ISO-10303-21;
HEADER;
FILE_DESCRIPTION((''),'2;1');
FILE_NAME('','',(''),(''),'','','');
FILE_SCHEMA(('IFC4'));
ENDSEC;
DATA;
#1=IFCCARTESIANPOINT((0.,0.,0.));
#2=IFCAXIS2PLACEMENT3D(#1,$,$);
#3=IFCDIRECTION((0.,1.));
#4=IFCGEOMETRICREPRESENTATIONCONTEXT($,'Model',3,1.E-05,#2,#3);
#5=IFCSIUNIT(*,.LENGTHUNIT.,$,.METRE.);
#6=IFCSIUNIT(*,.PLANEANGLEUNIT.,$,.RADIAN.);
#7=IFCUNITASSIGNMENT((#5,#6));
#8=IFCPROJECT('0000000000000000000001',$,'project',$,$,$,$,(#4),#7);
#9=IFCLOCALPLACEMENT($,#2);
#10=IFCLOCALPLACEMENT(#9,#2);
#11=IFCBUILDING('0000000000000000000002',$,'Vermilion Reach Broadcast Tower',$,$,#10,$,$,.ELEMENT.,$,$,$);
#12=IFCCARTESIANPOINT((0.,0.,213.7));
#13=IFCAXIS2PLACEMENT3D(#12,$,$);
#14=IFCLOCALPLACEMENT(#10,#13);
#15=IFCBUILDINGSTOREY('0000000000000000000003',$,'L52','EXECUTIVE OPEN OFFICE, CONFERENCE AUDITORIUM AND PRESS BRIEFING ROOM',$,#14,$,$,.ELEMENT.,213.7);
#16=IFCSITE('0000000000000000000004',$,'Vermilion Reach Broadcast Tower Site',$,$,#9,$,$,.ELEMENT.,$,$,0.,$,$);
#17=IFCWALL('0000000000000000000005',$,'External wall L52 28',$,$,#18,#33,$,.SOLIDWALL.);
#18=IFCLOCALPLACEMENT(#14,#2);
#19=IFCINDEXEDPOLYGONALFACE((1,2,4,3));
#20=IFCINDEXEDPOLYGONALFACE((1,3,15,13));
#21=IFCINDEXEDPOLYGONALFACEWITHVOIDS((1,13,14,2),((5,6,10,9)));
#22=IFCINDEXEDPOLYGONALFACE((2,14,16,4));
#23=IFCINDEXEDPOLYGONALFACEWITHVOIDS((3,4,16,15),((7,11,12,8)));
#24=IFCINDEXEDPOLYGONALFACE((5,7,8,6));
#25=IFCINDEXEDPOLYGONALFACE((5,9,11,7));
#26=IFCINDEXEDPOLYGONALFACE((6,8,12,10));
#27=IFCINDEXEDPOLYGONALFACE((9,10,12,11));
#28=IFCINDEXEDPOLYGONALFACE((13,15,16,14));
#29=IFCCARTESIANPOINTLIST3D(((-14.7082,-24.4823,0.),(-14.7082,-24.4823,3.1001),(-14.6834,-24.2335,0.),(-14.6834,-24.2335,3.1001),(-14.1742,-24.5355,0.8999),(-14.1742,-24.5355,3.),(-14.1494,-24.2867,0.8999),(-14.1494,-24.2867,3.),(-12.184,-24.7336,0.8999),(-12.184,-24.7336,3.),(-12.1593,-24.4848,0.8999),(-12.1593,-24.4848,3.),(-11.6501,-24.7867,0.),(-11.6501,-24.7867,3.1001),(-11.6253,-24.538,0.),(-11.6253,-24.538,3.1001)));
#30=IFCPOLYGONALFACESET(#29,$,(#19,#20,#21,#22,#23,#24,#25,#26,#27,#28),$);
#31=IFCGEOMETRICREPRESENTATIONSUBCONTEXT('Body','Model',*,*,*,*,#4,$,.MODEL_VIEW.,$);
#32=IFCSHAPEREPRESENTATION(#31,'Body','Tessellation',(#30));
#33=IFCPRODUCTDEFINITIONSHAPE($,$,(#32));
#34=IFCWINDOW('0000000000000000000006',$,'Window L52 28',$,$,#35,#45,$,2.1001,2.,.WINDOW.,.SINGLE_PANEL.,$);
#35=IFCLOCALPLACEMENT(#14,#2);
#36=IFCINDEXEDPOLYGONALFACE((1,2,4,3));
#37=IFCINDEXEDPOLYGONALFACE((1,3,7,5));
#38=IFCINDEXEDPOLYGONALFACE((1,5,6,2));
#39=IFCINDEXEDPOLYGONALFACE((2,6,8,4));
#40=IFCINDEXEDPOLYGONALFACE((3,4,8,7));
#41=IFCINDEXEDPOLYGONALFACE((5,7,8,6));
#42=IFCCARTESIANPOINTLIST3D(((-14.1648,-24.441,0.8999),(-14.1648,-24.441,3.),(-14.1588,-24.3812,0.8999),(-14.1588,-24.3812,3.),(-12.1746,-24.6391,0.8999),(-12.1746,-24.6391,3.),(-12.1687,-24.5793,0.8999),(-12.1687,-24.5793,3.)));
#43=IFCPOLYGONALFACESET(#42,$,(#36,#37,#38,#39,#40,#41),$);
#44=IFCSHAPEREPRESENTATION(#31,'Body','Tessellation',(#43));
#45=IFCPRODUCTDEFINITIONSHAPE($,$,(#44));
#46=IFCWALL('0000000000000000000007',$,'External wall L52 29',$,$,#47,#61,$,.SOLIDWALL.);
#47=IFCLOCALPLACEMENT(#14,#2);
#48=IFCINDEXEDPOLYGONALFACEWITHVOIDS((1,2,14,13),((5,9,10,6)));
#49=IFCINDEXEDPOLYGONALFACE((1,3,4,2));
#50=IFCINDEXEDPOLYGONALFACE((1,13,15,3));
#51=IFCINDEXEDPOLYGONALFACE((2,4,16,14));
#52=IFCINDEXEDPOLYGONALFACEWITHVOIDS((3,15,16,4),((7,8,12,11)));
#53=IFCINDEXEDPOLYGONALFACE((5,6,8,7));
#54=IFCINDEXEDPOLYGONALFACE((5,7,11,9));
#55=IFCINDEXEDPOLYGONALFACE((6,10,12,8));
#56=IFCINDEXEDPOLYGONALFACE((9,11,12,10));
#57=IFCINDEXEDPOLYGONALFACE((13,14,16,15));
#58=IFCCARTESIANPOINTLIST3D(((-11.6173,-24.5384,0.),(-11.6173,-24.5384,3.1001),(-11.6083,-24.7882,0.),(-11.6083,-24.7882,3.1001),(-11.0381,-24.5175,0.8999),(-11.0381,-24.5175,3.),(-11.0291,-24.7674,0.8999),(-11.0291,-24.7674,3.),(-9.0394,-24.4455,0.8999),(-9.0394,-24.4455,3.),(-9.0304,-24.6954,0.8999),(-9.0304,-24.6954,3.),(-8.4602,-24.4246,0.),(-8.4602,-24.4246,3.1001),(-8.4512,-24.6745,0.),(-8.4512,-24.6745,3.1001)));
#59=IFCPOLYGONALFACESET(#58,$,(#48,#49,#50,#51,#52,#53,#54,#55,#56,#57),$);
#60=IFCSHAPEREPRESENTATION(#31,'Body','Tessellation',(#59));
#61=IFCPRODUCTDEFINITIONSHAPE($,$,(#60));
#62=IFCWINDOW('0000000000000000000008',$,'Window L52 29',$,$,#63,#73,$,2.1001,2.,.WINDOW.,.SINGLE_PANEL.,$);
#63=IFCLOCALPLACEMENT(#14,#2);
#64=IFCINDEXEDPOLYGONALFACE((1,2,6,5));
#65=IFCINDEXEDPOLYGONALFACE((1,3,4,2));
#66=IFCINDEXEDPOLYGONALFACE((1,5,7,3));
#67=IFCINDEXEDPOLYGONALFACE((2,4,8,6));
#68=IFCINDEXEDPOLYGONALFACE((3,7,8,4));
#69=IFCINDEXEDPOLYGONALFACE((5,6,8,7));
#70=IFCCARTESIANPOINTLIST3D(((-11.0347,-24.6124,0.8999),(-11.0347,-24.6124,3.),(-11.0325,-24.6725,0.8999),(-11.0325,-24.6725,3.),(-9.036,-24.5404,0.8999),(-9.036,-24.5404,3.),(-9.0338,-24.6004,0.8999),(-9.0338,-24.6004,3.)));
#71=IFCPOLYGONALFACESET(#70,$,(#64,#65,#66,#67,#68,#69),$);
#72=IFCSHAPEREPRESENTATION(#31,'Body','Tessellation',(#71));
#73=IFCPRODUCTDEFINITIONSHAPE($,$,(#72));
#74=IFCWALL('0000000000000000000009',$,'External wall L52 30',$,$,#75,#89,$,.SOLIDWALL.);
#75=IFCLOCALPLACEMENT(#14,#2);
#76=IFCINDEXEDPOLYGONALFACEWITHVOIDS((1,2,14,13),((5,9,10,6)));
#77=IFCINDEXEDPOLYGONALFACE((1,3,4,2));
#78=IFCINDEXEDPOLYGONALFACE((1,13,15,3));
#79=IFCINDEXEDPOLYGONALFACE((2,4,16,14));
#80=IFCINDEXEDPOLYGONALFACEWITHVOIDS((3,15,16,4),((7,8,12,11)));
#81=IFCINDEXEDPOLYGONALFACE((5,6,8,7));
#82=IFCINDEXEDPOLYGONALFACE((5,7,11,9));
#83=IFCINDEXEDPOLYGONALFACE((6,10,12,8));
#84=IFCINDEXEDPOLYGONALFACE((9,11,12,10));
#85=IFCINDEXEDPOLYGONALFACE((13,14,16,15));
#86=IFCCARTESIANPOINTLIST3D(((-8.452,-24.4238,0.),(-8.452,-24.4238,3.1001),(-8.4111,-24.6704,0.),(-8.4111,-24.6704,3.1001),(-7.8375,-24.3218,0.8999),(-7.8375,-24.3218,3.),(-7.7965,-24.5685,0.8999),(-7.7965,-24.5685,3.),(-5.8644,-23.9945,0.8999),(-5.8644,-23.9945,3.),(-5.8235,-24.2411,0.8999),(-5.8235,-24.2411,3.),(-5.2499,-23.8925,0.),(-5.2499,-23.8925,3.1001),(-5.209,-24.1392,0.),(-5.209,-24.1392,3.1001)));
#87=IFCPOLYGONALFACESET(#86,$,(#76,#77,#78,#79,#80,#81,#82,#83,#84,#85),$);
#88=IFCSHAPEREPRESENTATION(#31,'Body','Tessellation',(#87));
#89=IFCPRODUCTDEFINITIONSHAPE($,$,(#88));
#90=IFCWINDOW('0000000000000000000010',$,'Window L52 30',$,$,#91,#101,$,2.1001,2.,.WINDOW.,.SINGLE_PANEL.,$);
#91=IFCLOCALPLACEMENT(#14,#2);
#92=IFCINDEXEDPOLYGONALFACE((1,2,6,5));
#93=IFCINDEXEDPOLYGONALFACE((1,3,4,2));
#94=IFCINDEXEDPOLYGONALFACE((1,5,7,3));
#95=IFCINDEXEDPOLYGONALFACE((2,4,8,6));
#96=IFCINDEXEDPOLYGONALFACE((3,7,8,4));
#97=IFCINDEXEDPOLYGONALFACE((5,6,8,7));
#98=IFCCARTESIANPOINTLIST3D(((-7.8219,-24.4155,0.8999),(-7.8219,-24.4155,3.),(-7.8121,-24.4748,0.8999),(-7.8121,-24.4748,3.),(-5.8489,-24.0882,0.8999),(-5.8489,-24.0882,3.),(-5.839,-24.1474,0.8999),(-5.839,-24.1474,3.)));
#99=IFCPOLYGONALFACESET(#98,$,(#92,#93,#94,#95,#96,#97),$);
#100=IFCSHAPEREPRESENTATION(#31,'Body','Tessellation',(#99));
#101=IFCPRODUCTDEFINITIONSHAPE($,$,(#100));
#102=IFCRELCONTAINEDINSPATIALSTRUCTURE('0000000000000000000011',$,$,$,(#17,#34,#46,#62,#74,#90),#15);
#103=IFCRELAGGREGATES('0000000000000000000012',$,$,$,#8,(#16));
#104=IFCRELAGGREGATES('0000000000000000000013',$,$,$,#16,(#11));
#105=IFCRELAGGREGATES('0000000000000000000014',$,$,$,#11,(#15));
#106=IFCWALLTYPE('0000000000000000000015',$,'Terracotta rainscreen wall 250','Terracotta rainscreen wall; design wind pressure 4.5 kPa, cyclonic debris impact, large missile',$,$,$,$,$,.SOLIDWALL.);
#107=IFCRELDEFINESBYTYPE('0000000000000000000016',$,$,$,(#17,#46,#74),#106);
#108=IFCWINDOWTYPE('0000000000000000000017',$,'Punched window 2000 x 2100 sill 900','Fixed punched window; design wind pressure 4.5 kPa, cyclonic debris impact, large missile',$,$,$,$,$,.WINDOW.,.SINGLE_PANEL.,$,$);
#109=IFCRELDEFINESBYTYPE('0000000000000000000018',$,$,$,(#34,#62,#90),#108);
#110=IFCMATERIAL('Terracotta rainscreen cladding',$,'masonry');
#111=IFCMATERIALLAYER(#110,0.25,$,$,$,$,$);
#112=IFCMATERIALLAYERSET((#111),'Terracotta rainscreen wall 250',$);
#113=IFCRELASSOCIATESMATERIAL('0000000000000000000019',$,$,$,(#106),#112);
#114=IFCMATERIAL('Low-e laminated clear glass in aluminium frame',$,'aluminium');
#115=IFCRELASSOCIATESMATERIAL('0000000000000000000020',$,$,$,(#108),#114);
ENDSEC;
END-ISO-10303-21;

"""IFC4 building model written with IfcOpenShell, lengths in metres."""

from ifc_helpers import new_model, si_unit, direction, frame, frame_2d, origin, place, context, subcontext, project, spatial, rectangle, extrude, material, layer, layer_set, type_object, element, fill, save


model = new_model("IFC4")

# Units and contexts
model_context = context("Model", 3, precision=1e-05, world=origin(), true_north=direction((0.0, 1.0)))
body_context = subcontext(model_context, "Body", "Model", "MODEL_VIEW")
ifc_project = project(units=[si_unit("LENGTHUNIT", "METRE"), si_unit("PLANEANGLEUNIT", "RADIAN")], contexts=[model_context])

# Site, building, storey
site_placement = place(None, origin())
site = spatial("IfcSite", under=ifc_project, at=site_placement, Name="Vermilion Reach Broadcast Tower Site", CompositionType="ELEMENT", RefElevation=0.0)
building_placement = place(site_placement, origin())
building = spatial("IfcBuilding", under=site, at=building_placement, Name="Vermilion Reach Broadcast Tower", CompositionType="ELEMENT")
storey_placement = place(building_placement, frame((0.0, 0.0, 213.7)))
storey = spatial("IfcBuildingStorey", under=building, at=storey_placement, Name="L52", Description="EXECUTIVE OPEN OFFICE, CONFERENCE AUDITORIUM AND PRESS BRIEFING ROOM", CompositionType="ELEMENT", Elevation=213.7)

# Shared definitions
ifc_material_1 = material(Name="Terracotta rainscreen cladding", Category="masonry")
ifc_layer_1 = layer(ifc_material_1, 0.25)
ifc_layer_set_1 = layer_set([ifc_layer_1], Name="Terracotta rainscreen wall 250")
wall_type_1 = type_object("IfcWallType", Name="Terracotta rainscreen wall 250", Description="Terracotta rainscreen wall; design wind pressure 4.5 kPa, cyclonic debris impact, large missile", PredefinedType="SOLIDWALL", material=ifc_layer_set_1)

# Walls, openings, windows
wall_1_placement = place(storey_placement, frame((-14.6958, -24.3579, 0.0), z_axis=(0.0, 0.0, 1.0), x_axis=(0.995081, -0.099063, 0.0)))
wall_1 = element("IfcWall", 1, at=wall_1_placement, inside=storey, type_object=wall_type_1, Name="External wall L52 28", PredefinedType="SOLIDWALL", context=body_context, shape_type="SweptSolid", body=[
    extrude(rectangle(XDim=3.0732, YDim=0.25, at=frame_2d((1.5366, 0.0))), origin(), (0.0, 0.0, 1.0), 3.1001),
])
opening_1_placement = place(wall_1_placement, frame((0.5366, 0.0, 0.8999)))
opening_1 = element("IfcOpeningElement", 2, at=opening_1_placement, cuts=wall_1, PredefinedType="OPENING", context=body_context, shape_type="SweptSolid", body=[
    extrude(rectangle(XDim=2.0, YDim=2.1001, at=frame_2d((1.0, 1.05))), frame((0.0, 0.135, 0.0), z_axis=(0.0, -1.0, 0.0), x_axis=(1.0, 0.0, 0.0)), (0.0, 0.0, 1.0), 0.27),
])
ifc_material_2 = material(Name="Low-e laminated clear glass in aluminium frame", Category="aluminium")
window_type = type_object("IfcWindowType", Name="Punched window 2000 x 2100 sill 900", Description="Fixed punched window; design wind pressure 4.5 kPa, cyclonic debris impact, large missile", PartitioningType="SINGLE_PANEL", PredefinedType="WINDOW", material=ifc_material_2)
window_1_placement = place(opening_1_placement, origin())
window_1 = element("IfcWindow", 3, at=window_1_placement, inside=storey, type_object=window_type, Name="Window L52 28", OverallHeight=2.1001, OverallWidth=2.0, PartitioningType="SINGLE_PANEL", PredefinedType="WINDOW", context=body_context, shape_type="SweptSolid", body=[
    extrude(rectangle(XDim=2.0, YDim=2.1001, at=frame_2d((1.0, 1.05))), frame((0.0, 0.03, 0.0), z_axis=(0.0, -1.0, 0.0), x_axis=(1.0, 0.0, 0.0)), (0.0, 0.0, 1.0), 0.0601),
])
fill(opening_1, window_1)
wall_2_placement = place(storey_placement, frame((-11.6128, -24.6633, 0.0), z_axis=(0.0, 0.0, 1.0), x_axis=(0.999351, 0.036011, 0.0)))
wall_2 = element("IfcWall", 4, at=wall_2_placement, inside=storey, type_object=wall_type_1, Name="External wall L52 29", PredefinedType="SOLIDWALL", context=body_context, shape_type="SweptSolid", body=[
    extrude(rectangle(XDim=3.1592, YDim=0.25, at=frame_2d((1.5796, 0.0))), origin(), (0.0, 0.0, 1.0), 3.1001),
])
opening_2_placement = place(wall_2_placement, frame((0.5796, 0.0, 0.8999)))
opening_2 = element("IfcOpeningElement", 5, at=opening_2_placement, cuts=wall_2, PredefinedType="OPENING", context=body_context, shape_type="SweptSolid", body=[
    extrude(rectangle(XDim=2.0, YDim=2.1001, at=frame_2d((1.0, 1.05))), frame((0.0, 0.135, 0.0), z_axis=(0.0, -1.0, 0.0), x_axis=(1.0, 0.0, 0.0)), (0.0, 0.0, 1.0), 0.27),
])
window_2_placement = place(opening_2_placement, origin())
window_2 = element("IfcWindow", 6, at=window_2_placement, inside=storey, type_object=window_type, Name="Window L52 29", OverallHeight=2.1001, OverallWidth=2.0, PartitioningType="SINGLE_PANEL", PredefinedType="WINDOW", context=body_context, shape_type="SweptSolid", body=[
    extrude(rectangle(XDim=2.0, YDim=2.1001, at=frame_2d((1.0, 1.05))), frame((0.0, 0.03, 0.0), z_axis=(0.0, -1.0, 0.0), x_axis=(1.0, 0.0, 0.0)), (0.0, 0.0, 1.0), 0.0601),
])
fill(opening_2, window_2)
wall_3_placement = place(storey_placement, frame((-8.4316, -24.5471, 0.0), z_axis=(0.0, 0.0, 1.0), x_axis=(0.986516, 0.163667, 0.0)))
wall_3 = element("IfcWall", 7, at=wall_3_placement, inside=storey, type_object=wall_type_1, Name="External wall L52 30", PredefinedType="SOLIDWALL", context=body_context, shape_type="SweptSolid", body=[
    extrude(rectangle(XDim=3.2458, YDim=0.25, at=frame_2d((1.623, 0.0))), origin(), (0.0, 0.0, 1.0), 3.1001),
])
opening_3_placement = place(wall_3_placement, frame((0.623, 0.0, 0.8999)))
opening_3 = element("IfcOpeningElement", 8, at=opening_3_placement, cuts=wall_3, PredefinedType="OPENING", context=body_context, shape_type="SweptSolid", body=[
    extrude(rectangle(XDim=2.0, YDim=2.1001, at=frame_2d((1.0, 1.05))), frame((0.0, 0.135, 0.0), z_axis=(0.0, -1.0, 0.0), x_axis=(1.0, 0.0, 0.0)), (0.0, 0.0, 1.0), 0.27),
])
window_3_placement = place(opening_3_placement, origin())
window_3 = element("IfcWindow", 9, at=window_3_placement, inside=storey, type_object=window_type, Name="Window L52 30", OverallHeight=2.1001, OverallWidth=2.0, PartitioningType="SINGLE_PANEL", PredefinedType="WINDOW", context=body_context, shape_type="SweptSolid", body=[
    extrude(rectangle(XDim=2.0, YDim=2.1001, at=frame_2d((1.0, 1.05))), frame((0.0, 0.03, 0.0), z_axis=(0.0, -1.0, 0.0), x_axis=(1.0, 0.0, 0.0)), (0.0, 0.0, 1.0), 0.0601),
])
fill(opening_3, window_3)

save(model, "model.ifc")
